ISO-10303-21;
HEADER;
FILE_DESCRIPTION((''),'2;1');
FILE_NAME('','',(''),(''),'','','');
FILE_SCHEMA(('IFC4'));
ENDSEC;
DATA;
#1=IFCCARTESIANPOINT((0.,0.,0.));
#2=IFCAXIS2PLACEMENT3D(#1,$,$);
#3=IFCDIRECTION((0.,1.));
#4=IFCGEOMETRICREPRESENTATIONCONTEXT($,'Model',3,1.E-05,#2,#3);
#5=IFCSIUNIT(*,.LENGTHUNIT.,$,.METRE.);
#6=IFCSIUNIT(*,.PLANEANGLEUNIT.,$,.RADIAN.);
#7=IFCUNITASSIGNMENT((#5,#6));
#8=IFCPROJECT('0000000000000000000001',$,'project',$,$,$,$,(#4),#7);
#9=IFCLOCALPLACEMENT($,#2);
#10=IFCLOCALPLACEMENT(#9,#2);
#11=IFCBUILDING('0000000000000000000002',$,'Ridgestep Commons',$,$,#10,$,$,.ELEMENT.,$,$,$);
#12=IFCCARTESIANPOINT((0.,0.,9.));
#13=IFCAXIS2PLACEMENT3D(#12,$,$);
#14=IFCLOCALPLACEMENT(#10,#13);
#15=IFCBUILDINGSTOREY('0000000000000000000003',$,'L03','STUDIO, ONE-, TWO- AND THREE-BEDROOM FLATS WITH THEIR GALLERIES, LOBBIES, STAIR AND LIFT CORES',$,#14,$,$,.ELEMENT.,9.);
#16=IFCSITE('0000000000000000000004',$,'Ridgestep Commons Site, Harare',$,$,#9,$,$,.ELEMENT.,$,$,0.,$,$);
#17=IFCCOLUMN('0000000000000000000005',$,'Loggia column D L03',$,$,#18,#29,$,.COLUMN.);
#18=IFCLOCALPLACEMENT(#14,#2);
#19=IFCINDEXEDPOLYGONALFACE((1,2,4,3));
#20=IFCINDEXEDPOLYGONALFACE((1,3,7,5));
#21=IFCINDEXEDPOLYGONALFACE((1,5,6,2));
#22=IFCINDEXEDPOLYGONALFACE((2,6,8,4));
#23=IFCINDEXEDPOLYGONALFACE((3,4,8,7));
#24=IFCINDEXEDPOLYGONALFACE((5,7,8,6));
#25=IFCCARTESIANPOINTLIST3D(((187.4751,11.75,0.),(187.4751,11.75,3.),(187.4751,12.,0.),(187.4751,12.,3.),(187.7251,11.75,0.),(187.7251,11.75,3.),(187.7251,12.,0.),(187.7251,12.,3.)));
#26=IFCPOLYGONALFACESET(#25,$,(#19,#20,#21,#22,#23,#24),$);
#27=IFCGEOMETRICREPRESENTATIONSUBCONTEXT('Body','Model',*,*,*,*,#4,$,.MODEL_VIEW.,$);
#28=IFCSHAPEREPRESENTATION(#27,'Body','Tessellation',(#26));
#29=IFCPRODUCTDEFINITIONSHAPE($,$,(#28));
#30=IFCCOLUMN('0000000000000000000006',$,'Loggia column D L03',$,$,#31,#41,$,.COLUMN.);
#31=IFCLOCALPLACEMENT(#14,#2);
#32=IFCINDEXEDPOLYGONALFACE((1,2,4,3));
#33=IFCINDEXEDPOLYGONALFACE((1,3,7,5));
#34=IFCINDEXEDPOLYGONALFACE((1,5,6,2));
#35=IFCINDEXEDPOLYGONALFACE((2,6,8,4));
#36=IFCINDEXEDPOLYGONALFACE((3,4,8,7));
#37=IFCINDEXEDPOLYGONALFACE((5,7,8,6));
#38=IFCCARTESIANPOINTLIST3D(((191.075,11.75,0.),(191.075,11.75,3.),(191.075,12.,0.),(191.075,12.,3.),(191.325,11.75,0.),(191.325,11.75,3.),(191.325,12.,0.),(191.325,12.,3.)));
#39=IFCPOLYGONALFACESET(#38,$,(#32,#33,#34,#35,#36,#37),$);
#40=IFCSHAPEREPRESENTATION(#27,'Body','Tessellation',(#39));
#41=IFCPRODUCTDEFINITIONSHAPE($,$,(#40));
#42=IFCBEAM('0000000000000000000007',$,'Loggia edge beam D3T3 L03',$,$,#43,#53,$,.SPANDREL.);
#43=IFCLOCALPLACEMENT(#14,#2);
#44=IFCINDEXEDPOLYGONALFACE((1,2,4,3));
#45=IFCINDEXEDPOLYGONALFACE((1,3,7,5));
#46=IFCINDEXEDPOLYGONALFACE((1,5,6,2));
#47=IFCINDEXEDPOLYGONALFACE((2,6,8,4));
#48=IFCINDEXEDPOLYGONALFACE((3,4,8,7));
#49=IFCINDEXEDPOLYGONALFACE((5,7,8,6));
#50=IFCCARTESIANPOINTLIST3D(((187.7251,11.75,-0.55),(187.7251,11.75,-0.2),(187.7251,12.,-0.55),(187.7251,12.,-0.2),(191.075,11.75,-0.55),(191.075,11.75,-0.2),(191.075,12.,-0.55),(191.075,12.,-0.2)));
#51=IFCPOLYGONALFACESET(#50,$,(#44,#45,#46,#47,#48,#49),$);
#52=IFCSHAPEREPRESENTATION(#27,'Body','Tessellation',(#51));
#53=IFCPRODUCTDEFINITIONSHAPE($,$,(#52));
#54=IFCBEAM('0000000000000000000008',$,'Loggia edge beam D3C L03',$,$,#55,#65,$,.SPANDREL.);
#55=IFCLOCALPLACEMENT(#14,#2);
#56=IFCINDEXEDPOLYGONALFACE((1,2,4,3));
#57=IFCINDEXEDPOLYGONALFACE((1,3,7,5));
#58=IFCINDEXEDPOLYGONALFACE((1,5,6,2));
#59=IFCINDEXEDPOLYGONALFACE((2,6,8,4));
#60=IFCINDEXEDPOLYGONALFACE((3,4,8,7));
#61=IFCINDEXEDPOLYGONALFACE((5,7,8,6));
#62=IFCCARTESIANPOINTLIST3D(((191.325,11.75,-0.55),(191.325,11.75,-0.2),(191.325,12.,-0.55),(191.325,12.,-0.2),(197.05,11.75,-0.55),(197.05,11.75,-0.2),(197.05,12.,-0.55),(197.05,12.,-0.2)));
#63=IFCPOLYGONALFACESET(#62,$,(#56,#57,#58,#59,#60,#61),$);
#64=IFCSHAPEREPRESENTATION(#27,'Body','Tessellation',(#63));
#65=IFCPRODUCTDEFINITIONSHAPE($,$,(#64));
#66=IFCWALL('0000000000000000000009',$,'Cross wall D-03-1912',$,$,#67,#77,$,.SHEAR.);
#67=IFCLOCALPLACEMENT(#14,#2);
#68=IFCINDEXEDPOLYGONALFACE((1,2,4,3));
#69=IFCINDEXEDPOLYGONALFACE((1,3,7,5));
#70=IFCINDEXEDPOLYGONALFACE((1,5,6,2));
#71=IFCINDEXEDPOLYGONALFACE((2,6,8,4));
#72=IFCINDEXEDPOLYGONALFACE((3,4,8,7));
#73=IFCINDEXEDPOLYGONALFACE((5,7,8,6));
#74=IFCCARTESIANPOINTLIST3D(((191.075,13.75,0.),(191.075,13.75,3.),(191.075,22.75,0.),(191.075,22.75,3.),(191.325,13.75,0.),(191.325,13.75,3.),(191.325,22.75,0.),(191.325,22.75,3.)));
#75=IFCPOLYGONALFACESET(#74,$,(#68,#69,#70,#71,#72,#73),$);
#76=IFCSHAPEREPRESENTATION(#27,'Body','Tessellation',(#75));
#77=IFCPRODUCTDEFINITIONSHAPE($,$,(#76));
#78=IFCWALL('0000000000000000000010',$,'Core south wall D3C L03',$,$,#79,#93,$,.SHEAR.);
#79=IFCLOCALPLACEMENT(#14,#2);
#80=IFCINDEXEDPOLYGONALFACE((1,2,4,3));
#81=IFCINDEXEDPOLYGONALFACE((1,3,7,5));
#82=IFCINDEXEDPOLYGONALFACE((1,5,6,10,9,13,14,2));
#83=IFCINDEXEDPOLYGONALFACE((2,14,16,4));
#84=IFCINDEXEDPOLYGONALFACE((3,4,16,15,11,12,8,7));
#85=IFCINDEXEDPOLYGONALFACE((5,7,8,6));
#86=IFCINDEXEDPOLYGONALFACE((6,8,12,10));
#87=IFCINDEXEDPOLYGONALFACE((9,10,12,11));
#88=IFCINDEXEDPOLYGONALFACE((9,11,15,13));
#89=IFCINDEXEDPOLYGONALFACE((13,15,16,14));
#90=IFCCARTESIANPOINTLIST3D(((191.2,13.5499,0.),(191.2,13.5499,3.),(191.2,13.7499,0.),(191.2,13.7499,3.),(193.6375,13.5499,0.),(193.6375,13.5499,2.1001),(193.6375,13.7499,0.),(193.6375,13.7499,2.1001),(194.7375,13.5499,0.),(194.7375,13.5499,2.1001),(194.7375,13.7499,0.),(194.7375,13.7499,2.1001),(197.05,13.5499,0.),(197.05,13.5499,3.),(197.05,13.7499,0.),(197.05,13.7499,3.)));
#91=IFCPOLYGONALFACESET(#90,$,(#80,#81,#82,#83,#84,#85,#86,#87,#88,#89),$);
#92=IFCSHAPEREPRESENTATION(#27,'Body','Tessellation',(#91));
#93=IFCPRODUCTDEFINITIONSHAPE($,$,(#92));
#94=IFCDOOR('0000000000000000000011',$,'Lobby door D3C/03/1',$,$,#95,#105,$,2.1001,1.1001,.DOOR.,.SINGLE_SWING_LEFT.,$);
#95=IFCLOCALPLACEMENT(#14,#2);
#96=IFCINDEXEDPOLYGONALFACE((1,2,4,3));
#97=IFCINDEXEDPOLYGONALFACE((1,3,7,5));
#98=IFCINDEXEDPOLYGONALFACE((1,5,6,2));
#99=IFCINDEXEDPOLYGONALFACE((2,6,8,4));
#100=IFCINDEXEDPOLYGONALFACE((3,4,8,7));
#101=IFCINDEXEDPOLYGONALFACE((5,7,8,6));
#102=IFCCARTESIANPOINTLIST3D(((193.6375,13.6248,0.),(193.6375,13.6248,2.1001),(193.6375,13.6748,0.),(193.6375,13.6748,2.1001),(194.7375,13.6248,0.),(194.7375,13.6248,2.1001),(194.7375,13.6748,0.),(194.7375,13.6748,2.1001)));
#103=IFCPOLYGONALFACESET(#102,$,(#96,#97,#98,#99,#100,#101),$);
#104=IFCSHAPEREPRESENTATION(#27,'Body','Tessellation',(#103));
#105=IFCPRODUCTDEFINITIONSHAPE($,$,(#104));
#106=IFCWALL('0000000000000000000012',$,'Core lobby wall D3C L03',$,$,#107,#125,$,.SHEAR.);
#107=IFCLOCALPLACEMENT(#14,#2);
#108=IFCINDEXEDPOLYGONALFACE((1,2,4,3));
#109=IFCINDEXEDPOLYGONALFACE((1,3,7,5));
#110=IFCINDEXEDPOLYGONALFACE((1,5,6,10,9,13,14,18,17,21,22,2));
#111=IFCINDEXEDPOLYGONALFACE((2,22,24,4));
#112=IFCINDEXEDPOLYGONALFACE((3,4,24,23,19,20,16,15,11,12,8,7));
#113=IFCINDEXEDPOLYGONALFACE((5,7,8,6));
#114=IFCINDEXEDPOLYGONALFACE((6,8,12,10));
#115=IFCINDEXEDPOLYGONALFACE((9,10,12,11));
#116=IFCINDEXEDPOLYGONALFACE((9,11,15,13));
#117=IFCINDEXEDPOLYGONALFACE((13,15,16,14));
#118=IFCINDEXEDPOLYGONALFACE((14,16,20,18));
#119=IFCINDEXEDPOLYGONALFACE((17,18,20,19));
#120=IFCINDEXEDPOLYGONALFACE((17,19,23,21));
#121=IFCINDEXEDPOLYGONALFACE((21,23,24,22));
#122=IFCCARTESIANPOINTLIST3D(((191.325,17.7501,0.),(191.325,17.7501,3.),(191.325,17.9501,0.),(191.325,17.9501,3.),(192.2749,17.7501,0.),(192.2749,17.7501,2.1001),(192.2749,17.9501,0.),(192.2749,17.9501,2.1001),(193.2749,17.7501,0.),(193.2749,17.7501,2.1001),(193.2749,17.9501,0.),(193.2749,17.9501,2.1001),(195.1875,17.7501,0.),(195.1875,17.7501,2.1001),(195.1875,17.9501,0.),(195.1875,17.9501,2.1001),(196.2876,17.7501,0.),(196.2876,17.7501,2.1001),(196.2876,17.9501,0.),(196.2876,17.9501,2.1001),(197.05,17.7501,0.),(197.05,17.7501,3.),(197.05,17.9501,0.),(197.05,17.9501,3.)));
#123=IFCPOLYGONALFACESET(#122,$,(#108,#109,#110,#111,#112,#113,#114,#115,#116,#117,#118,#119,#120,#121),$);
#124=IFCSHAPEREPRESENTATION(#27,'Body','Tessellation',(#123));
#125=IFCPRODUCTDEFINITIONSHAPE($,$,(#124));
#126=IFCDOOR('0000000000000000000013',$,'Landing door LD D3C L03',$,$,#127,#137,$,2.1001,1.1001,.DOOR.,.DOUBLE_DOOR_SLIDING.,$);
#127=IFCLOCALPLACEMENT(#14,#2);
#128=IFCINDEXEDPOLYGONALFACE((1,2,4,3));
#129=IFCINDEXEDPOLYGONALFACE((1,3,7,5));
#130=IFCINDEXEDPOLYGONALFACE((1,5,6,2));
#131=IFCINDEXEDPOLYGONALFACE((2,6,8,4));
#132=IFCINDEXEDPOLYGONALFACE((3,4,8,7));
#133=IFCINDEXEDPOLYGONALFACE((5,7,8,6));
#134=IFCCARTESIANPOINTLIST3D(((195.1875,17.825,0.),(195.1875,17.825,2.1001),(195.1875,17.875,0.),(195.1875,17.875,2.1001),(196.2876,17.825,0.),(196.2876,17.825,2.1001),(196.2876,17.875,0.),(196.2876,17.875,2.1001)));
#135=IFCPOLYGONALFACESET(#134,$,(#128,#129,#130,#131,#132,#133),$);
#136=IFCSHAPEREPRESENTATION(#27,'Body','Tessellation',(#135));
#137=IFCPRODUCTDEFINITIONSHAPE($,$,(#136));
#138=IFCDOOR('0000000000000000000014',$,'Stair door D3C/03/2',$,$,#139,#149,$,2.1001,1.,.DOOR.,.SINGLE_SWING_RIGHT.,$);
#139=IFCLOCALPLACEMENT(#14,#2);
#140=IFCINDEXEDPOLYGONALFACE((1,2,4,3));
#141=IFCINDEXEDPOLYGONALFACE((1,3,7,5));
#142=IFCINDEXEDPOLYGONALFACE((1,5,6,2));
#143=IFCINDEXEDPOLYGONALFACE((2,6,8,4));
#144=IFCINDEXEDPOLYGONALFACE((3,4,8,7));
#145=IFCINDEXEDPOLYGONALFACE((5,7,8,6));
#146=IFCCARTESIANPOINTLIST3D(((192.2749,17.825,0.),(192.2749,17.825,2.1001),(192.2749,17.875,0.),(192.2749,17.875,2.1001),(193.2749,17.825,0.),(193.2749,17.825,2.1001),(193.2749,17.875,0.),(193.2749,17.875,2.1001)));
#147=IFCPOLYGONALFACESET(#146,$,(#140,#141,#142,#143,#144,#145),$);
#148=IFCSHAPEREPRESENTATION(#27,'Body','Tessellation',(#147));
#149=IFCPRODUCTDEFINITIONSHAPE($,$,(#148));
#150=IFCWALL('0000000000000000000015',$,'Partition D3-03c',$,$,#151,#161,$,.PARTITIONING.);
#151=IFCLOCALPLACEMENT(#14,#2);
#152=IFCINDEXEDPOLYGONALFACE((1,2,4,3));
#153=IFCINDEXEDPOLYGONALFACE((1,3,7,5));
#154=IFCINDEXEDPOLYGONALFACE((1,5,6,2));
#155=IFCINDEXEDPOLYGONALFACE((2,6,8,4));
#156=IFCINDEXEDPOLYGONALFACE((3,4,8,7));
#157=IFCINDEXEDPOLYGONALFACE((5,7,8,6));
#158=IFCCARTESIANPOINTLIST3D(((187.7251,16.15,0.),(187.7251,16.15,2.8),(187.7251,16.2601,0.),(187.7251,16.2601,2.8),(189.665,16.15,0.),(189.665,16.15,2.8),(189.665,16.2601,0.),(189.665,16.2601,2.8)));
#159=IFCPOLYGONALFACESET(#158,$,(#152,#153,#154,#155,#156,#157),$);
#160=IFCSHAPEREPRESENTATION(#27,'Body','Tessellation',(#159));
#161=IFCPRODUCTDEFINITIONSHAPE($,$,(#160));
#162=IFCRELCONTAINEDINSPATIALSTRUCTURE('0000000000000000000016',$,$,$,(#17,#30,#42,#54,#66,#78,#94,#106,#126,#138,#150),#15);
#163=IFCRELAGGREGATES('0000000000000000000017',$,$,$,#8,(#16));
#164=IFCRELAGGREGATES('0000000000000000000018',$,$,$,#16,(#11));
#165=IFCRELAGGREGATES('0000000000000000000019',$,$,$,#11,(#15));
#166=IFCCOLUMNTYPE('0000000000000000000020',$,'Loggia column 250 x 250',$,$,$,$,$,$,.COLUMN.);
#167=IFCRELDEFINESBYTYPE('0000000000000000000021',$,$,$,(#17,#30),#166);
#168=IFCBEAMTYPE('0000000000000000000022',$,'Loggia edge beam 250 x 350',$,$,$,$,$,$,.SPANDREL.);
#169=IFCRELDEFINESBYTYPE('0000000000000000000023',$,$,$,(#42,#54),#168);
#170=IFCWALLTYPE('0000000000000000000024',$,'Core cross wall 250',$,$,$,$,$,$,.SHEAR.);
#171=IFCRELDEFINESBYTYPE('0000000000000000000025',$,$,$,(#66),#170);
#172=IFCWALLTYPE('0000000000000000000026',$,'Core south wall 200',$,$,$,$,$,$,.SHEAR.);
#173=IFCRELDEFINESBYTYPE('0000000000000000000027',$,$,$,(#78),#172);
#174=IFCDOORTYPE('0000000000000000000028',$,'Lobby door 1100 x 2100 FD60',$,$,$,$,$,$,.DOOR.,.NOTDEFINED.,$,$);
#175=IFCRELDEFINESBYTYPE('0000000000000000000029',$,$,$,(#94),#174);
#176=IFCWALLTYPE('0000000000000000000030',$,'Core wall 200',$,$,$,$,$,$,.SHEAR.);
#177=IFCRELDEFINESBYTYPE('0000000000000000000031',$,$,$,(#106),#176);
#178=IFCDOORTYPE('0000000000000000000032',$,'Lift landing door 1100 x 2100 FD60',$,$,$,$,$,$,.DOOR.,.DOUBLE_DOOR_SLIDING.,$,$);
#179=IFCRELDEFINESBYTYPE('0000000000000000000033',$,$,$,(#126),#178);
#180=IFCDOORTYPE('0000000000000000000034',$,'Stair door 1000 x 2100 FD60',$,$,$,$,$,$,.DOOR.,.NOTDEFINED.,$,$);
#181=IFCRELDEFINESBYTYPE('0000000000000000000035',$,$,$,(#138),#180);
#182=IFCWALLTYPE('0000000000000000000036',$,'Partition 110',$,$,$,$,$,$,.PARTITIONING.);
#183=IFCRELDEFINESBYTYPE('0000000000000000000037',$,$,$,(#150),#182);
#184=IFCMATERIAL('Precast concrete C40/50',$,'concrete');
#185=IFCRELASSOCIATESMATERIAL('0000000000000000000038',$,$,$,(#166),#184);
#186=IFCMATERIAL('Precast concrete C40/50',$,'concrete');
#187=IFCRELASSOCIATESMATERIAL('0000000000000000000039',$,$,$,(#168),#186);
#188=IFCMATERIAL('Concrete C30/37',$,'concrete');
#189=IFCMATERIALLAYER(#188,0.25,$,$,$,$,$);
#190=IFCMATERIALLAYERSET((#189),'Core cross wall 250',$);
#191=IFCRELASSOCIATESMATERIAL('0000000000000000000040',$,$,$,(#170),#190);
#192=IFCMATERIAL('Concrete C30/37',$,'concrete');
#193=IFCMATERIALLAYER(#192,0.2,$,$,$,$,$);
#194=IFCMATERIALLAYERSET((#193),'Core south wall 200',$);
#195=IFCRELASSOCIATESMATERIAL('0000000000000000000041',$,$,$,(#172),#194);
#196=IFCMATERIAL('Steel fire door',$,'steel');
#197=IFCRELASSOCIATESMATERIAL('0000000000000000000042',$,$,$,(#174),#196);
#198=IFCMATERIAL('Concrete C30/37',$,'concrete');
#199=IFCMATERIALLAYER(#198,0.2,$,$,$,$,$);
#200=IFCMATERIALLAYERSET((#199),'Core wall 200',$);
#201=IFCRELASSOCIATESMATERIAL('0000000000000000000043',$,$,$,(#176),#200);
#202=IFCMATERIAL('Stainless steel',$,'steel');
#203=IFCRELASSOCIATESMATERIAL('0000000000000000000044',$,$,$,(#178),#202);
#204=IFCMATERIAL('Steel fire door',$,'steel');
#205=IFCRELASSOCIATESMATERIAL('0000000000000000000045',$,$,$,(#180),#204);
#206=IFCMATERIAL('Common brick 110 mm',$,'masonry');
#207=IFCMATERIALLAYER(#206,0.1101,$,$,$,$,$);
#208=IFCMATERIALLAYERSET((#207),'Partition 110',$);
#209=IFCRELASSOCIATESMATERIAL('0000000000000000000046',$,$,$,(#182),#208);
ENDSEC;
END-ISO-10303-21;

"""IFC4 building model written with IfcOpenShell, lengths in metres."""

from ifc_helpers import new_model, si_unit, direction, frame, frame_2d, origin, origin_2d, place, context, subcontext, project, spatial, rectangle, extrude, material, layer, layer_set, material_profile, profile_set, type_object, element, fill, save


model = new_model("IFC4")

# Units and contexts
model_context = context("Model", 3, precision=1e-05, world=origin(), true_north=direction((0.0, 1.0)))
body_context = subcontext(model_context, "Body", "Model", "MODEL_VIEW")
ifc_project = project(units=[si_unit("LENGTHUNIT", "METRE"), si_unit("PLANEANGLEUNIT", "RADIAN")], contexts=[model_context])

# Site, building, storey
site_placement = place(None, origin())
site = spatial("IfcSite", under=ifc_project, at=site_placement, Name="Ridgestep Commons Site, Harare", CompositionType="ELEMENT", RefElevation=0.0)
building_placement = place(site_placement, origin())
building = spatial("IfcBuilding", under=site, at=building_placement, Name="Ridgestep Commons", CompositionType="ELEMENT")
storey_placement = place(building_placement, frame((0.0, 0.0, 9.0)))
storey = spatial("IfcBuildingStorey", under=building, at=storey_placement, Name="L03", Description="STUDIO, ONE-, TWO- AND THREE-BEDROOM FLATS WITH THEIR GALLERIES, LOBBIES, STAIR AND LIFT CORES", CompositionType="ELEMENT", Elevation=9.0)

# Columns
ifc_material_1 = material(Name="Precast concrete C40/50", Category="concrete")
ifc_material_profile_1 = material_profile(ifc_material_1, rectangle(XDim=0.25, YDim=0.25, at=origin_2d()), Name="PC 250x250")
ifc_profile_set_1 = profile_set([ifc_material_profile_1], Name="Precast concrete C40/50")
column_type = type_object("IfcColumnType", Name="Loggia column 250 x 250", PredefinedType="COLUMN", material=ifc_profile_set_1)
for number, where, z_axis, x_axis, name in (
    (1, (187.6001, 11.875, 0.0), (0.0, 0.0, 1.0), (1.0, 0.0, 0.0), "Loggia column D L03"),
    (2, (191.2, 11.875, 0.0), (0.0, 0.0, 1.0), (1.0, 0.0, 0.0), "Loggia column D L03"),
):
    element("IfcColumn", number, at=place(storey_placement, frame(where, z_axis=z_axis, x_axis=x_axis)), inside=storey, type_object=column_type, Name=name, PredefinedType="COLUMN", context=body_context, shape_type="SweptSolid", body=[
        extrude(rectangle(XDim=0.25, YDim=0.25, at=origin_2d()), origin(), (0.0, 0.0, 1.0), 3.0),
    ])

# Beams
ifc_material_2 = material(Name="Precast concrete C40/50", Category="concrete")
ifc_material_profile_2 = material_profile(ifc_material_2, rectangle(XDim=0.25, YDim=0.3501, at=origin_2d()), Name="PC 250x350")
ifc_profile_set_2 = profile_set([ifc_material_profile_2], Name="Precast concrete C40/50")
beam_type = type_object("IfcBeamType", Name="Loggia edge beam 250 x 350", PredefinedType="SPANDREL", material=ifc_profile_set_2)
beam_1_placement = place(storey_placement, frame((187.7251, 11.875, -0.375), z_axis=(1.0, 0.0, 0.0), x_axis=(0.0, 1.0, 0.0)))
element("IfcBeam", 3, at=beam_1_placement, inside=storey, type_object=beam_type, Name="Loggia edge beam D3T3 L03", PredefinedType="SPANDREL", context=body_context, shape_type="SweptSolid", body=[
    extrude(rectangle(XDim=0.25, YDim=0.3501, at=origin_2d()), origin(), (0.0, 0.0, 1.0), 3.3499),
])
beam_2_placement = place(storey_placement, frame((191.325, 11.875, -0.375), z_axis=(1.0, 0.0, 0.0), x_axis=(0.0, 1.0, 0.0)))
element("IfcBeam", 4, at=beam_2_placement, inside=storey, type_object=beam_type, Name="Loggia edge beam D3C L03", PredefinedType="SPANDREL", context=body_context, shape_type="SweptSolid", body=[
    extrude(rectangle(XDim=0.25, YDim=0.3501, at=origin_2d()), origin(), (0.0, 0.0, 1.0), 5.7251),
])

# Wall
ifc_material_3 = material(Name="Concrete C30/37", Category="concrete")
ifc_layer_1 = layer(ifc_material_3, 0.25)
ifc_layer_set_1 = layer_set([ifc_layer_1], Name="Core cross wall 250")
wall_type_1 = type_object("IfcWallType", Name="Core cross wall 250", PredefinedType="SHEAR", material=ifc_layer_set_1)
wall_1_placement = place(storey_placement, frame((191.2, 13.75, 0.0), z_axis=(0.0, 0.0, 1.0), x_axis=(0.0, 1.0, 0.0)))
element("IfcWall", 5, at=wall_1_placement, inside=storey, type_object=wall_type_1, Name="Cross wall D-03-1912", PredefinedType="SHEAR", context=body_context, shape_type="SweptSolid", body=[
    extrude(rectangle(XDim=9.0, YDim=0.25, at=frame_2d((4.5, 0.0))), origin(), (0.0, 0.0, 1.0), 3.0),
])

# Wall, opening, door
ifc_material_4 = material(Name="Concrete C30/37", Category="concrete")
ifc_layer_2 = layer(ifc_material_4, 0.2)
ifc_layer_set_2 = layer_set([ifc_layer_2], Name="Core south wall 200")
wall_type_2 = type_object("IfcWallType", Name="Core south wall 200", PredefinedType="SHEAR", material=ifc_layer_set_2)
wall_2_placement = place(storey_placement, frame((191.2, 13.6499, 0.0), z_axis=(0.0, 0.0, 1.0), x_axis=(1.0, 0.0, 0.0)))
wall_2 = element("IfcWall", 6, at=wall_2_placement, inside=storey, type_object=wall_type_2, Name="Core south wall D3C L03", PredefinedType="SHEAR", context=body_context, shape_type="SweptSolid", body=[
    extrude(rectangle(XDim=5.8501, YDim=0.2, at=frame_2d((2.925, 0.0))), origin(), (0.0, 0.0, 1.0), 3.0),
])
opening_1_placement = place(wall_2_placement, frame((2.4375, 0.0, 0.0)))
opening_1 = element("IfcOpeningElement", 7, at=opening_1_placement, cuts=wall_2, PredefinedType="OPENING", context=body_context, shape_type="SweptSolid", body=[
    extrude(rectangle(XDim=1.1001, YDim=2.1001, at=frame_2d((0.55, 1.05))), frame((0.0, 0.1099, 0.0), z_axis=(0.0, -1.0, 0.0), x_axis=(1.0, 0.0, 0.0)), (0.0, 0.0, 1.0), 0.22),
])
ifc_material_5 = material(Name="Steel fire door", Category="steel")
door_type_1 = type_object("IfcDoorType", Name="Lobby door 1100 x 2100 FD60", OperationType="NOTDEFINED", PredefinedType="DOOR", material=ifc_material_5)
door_1_placement = place(opening_1_placement, origin())
door_1 = element("IfcDoor", 8, at=door_1_placement, inside=storey, type_object=door_type_1, Name="Lobby door D3C/03/1", OperationType="SINGLE_SWING_LEFT", OverallHeight=2.1001, OverallWidth=1.1001, PredefinedType="DOOR", context=body_context, shape_type="SweptSolid", body=[
    extrude(rectangle(XDim=1.1001, YDim=2.1001, at=frame_2d((0.55, 1.05))), frame((0.0, 0.0249, 0.0), z_axis=(0.0, -1.0, 0.0), x_axis=(1.0, 0.0, 0.0)), (0.0, 0.0, 1.0), 0.05),
])
fill(opening_1, door_1)

# Wall, openings, doors
ifc_material_6 = material(Name="Concrete C30/37", Category="concrete")
ifc_layer_3 = layer(ifc_material_6, 0.2)
ifc_layer_set_3 = layer_set([ifc_layer_3], Name="Core wall 200")
wall_type_3 = type_object("IfcWallType", Name="Core wall 200", PredefinedType="SHEAR", material=ifc_layer_set_3)
wall_3_placement = place(storey_placement, frame((191.325, 17.8501, 0.0), z_axis=(0.0, 0.0, 1.0), x_axis=(1.0, 0.0, 0.0)))
wall_3 = element("IfcWall", 9, at=wall_3_placement, inside=storey, type_object=wall_type_3, Name="Core lobby wall D3C L03", PredefinedType="SHEAR", context=body_context, shape_type="SweptSolid", body=[
    extrude(rectangle(XDim=5.7251, YDim=0.2, at=frame_2d((2.8625, 0.0))), origin(), (0.0, 0.0, 1.0), 3.0),
])
opening_2_placement = place(wall_3_placement, frame((0.95, 0.0, 0.0)))
opening_2 = element("IfcOpeningElement", 10, at=opening_2_placement, cuts=wall_3, PredefinedType="OPENING", context=body_context, shape_type="SweptSolid", body=[
    extrude(rectangle(XDim=1.0, YDim=2.1001, at=frame_2d((0.5, 1.05))), frame((0.0, 0.1099, 0.0), z_axis=(0.0, -1.0, 0.0), x_axis=(1.0, 0.0, 0.0)), (0.0, 0.0, 1.0), 0.22),
])
opening_3_placement = place(wall_3_placement, frame((3.8625, 0.0, 0.0)))
opening_3 = element("IfcOpeningElement", 11, at=opening_3_placement, cuts=wall_3, PredefinedType="OPENING", context=body_context, shape_type="SweptSolid", body=[
    extrude(rectangle(XDim=1.1001, YDim=2.1001, at=frame_2d((0.55, 1.05))), frame((0.0, 0.1099, 0.0), z_axis=(0.0, -1.0, 0.0), x_axis=(1.0, 0.0, 0.0)), (0.0, 0.0, 1.0), 0.22),
])
ifc_material_7 = material(Name="Stainless steel", Category="steel")
door_type_2 = type_object("IfcDoorType", Name="Lift landing door 1100 x 2100 FD60", OperationType="DOUBLE_DOOR_SLIDING", PredefinedType="DOOR", material=ifc_material_7)
door_2_placement = place(opening_3_placement, origin())
door_2 = element("IfcDoor", 12, at=door_2_placement, inside=storey, type_object=door_type_2, Name="Landing door LD D3C L03", OperationType="DOUBLE_DOOR_SLIDING", OverallHeight=2.1001, OverallWidth=1.1001, PredefinedType="DOOR", context=body_context, shape_type="SweptSolid", body=[
    extrude(rectangle(XDim=1.1001, YDim=2.1001, at=frame_2d((0.55, 1.05))), frame((0.0, 0.0249, 0.0), z_axis=(0.0, -1.0, 0.0), x_axis=(1.0, 0.0, 0.0)), (0.0, 0.0, 1.0), 0.05),
])
fill(opening_3, door_2)
ifc_material_8 = material(Name="Steel fire door", Category="steel")
door_type_3 = type_object("IfcDoorType", Name="Stair door 1000 x 2100 FD60", OperationType="NOTDEFINED", PredefinedType="DOOR", material=ifc_material_8)
door_3_placement = place(opening_2_placement, origin())
door_3 = element("IfcDoor", 13, at=door_3_placement, inside=storey, type_object=door_type_3, Name="Stair door D3C/03/2", OperationType="SINGLE_SWING_RIGHT", OverallHeight=2.1001, OverallWidth=1.0, PredefinedType="DOOR", context=body_context, shape_type="SweptSolid", body=[
    extrude(rectangle(XDim=1.0, YDim=2.1001, at=frame_2d((0.5, 1.05))), frame((0.0, 0.0249, 0.0), z_axis=(0.0, -1.0, 0.0), x_axis=(1.0, 0.0, 0.0)), (0.0, 0.0, 1.0), 0.05),
])
fill(opening_2, door_3)

# Wall
ifc_material_9 = material(Name="Common brick 110 mm", Category="masonry")
ifc_layer_4 = layer(ifc_material_9, 0.1101)
ifc_layer_set_4 = layer_set([ifc_layer_4], Name="Partition 110")
wall_type_4 = type_object("IfcWallType", Name="Partition 110", PredefinedType="PARTITIONING", material=ifc_layer_set_4)
wall_4_placement = place(storey_placement, frame((187.7251, 16.2051, 0.0), z_axis=(0.0, 0.0, 1.0), x_axis=(1.0, 0.0, 0.0)))
element("IfcWall", 14, at=wall_4_placement, inside=storey, type_object=wall_type_4, Name="Partition D3-03c", PredefinedType="PARTITIONING", context=body_context, shape_type="SweptSolid", body=[
    extrude(rectangle(XDim=1.9399, YDim=0.1101, at=frame_2d((0.97, 0.0))), origin(), (0.0, 0.0, 1.0), 2.8),
])

save(model, "model.ifc")
